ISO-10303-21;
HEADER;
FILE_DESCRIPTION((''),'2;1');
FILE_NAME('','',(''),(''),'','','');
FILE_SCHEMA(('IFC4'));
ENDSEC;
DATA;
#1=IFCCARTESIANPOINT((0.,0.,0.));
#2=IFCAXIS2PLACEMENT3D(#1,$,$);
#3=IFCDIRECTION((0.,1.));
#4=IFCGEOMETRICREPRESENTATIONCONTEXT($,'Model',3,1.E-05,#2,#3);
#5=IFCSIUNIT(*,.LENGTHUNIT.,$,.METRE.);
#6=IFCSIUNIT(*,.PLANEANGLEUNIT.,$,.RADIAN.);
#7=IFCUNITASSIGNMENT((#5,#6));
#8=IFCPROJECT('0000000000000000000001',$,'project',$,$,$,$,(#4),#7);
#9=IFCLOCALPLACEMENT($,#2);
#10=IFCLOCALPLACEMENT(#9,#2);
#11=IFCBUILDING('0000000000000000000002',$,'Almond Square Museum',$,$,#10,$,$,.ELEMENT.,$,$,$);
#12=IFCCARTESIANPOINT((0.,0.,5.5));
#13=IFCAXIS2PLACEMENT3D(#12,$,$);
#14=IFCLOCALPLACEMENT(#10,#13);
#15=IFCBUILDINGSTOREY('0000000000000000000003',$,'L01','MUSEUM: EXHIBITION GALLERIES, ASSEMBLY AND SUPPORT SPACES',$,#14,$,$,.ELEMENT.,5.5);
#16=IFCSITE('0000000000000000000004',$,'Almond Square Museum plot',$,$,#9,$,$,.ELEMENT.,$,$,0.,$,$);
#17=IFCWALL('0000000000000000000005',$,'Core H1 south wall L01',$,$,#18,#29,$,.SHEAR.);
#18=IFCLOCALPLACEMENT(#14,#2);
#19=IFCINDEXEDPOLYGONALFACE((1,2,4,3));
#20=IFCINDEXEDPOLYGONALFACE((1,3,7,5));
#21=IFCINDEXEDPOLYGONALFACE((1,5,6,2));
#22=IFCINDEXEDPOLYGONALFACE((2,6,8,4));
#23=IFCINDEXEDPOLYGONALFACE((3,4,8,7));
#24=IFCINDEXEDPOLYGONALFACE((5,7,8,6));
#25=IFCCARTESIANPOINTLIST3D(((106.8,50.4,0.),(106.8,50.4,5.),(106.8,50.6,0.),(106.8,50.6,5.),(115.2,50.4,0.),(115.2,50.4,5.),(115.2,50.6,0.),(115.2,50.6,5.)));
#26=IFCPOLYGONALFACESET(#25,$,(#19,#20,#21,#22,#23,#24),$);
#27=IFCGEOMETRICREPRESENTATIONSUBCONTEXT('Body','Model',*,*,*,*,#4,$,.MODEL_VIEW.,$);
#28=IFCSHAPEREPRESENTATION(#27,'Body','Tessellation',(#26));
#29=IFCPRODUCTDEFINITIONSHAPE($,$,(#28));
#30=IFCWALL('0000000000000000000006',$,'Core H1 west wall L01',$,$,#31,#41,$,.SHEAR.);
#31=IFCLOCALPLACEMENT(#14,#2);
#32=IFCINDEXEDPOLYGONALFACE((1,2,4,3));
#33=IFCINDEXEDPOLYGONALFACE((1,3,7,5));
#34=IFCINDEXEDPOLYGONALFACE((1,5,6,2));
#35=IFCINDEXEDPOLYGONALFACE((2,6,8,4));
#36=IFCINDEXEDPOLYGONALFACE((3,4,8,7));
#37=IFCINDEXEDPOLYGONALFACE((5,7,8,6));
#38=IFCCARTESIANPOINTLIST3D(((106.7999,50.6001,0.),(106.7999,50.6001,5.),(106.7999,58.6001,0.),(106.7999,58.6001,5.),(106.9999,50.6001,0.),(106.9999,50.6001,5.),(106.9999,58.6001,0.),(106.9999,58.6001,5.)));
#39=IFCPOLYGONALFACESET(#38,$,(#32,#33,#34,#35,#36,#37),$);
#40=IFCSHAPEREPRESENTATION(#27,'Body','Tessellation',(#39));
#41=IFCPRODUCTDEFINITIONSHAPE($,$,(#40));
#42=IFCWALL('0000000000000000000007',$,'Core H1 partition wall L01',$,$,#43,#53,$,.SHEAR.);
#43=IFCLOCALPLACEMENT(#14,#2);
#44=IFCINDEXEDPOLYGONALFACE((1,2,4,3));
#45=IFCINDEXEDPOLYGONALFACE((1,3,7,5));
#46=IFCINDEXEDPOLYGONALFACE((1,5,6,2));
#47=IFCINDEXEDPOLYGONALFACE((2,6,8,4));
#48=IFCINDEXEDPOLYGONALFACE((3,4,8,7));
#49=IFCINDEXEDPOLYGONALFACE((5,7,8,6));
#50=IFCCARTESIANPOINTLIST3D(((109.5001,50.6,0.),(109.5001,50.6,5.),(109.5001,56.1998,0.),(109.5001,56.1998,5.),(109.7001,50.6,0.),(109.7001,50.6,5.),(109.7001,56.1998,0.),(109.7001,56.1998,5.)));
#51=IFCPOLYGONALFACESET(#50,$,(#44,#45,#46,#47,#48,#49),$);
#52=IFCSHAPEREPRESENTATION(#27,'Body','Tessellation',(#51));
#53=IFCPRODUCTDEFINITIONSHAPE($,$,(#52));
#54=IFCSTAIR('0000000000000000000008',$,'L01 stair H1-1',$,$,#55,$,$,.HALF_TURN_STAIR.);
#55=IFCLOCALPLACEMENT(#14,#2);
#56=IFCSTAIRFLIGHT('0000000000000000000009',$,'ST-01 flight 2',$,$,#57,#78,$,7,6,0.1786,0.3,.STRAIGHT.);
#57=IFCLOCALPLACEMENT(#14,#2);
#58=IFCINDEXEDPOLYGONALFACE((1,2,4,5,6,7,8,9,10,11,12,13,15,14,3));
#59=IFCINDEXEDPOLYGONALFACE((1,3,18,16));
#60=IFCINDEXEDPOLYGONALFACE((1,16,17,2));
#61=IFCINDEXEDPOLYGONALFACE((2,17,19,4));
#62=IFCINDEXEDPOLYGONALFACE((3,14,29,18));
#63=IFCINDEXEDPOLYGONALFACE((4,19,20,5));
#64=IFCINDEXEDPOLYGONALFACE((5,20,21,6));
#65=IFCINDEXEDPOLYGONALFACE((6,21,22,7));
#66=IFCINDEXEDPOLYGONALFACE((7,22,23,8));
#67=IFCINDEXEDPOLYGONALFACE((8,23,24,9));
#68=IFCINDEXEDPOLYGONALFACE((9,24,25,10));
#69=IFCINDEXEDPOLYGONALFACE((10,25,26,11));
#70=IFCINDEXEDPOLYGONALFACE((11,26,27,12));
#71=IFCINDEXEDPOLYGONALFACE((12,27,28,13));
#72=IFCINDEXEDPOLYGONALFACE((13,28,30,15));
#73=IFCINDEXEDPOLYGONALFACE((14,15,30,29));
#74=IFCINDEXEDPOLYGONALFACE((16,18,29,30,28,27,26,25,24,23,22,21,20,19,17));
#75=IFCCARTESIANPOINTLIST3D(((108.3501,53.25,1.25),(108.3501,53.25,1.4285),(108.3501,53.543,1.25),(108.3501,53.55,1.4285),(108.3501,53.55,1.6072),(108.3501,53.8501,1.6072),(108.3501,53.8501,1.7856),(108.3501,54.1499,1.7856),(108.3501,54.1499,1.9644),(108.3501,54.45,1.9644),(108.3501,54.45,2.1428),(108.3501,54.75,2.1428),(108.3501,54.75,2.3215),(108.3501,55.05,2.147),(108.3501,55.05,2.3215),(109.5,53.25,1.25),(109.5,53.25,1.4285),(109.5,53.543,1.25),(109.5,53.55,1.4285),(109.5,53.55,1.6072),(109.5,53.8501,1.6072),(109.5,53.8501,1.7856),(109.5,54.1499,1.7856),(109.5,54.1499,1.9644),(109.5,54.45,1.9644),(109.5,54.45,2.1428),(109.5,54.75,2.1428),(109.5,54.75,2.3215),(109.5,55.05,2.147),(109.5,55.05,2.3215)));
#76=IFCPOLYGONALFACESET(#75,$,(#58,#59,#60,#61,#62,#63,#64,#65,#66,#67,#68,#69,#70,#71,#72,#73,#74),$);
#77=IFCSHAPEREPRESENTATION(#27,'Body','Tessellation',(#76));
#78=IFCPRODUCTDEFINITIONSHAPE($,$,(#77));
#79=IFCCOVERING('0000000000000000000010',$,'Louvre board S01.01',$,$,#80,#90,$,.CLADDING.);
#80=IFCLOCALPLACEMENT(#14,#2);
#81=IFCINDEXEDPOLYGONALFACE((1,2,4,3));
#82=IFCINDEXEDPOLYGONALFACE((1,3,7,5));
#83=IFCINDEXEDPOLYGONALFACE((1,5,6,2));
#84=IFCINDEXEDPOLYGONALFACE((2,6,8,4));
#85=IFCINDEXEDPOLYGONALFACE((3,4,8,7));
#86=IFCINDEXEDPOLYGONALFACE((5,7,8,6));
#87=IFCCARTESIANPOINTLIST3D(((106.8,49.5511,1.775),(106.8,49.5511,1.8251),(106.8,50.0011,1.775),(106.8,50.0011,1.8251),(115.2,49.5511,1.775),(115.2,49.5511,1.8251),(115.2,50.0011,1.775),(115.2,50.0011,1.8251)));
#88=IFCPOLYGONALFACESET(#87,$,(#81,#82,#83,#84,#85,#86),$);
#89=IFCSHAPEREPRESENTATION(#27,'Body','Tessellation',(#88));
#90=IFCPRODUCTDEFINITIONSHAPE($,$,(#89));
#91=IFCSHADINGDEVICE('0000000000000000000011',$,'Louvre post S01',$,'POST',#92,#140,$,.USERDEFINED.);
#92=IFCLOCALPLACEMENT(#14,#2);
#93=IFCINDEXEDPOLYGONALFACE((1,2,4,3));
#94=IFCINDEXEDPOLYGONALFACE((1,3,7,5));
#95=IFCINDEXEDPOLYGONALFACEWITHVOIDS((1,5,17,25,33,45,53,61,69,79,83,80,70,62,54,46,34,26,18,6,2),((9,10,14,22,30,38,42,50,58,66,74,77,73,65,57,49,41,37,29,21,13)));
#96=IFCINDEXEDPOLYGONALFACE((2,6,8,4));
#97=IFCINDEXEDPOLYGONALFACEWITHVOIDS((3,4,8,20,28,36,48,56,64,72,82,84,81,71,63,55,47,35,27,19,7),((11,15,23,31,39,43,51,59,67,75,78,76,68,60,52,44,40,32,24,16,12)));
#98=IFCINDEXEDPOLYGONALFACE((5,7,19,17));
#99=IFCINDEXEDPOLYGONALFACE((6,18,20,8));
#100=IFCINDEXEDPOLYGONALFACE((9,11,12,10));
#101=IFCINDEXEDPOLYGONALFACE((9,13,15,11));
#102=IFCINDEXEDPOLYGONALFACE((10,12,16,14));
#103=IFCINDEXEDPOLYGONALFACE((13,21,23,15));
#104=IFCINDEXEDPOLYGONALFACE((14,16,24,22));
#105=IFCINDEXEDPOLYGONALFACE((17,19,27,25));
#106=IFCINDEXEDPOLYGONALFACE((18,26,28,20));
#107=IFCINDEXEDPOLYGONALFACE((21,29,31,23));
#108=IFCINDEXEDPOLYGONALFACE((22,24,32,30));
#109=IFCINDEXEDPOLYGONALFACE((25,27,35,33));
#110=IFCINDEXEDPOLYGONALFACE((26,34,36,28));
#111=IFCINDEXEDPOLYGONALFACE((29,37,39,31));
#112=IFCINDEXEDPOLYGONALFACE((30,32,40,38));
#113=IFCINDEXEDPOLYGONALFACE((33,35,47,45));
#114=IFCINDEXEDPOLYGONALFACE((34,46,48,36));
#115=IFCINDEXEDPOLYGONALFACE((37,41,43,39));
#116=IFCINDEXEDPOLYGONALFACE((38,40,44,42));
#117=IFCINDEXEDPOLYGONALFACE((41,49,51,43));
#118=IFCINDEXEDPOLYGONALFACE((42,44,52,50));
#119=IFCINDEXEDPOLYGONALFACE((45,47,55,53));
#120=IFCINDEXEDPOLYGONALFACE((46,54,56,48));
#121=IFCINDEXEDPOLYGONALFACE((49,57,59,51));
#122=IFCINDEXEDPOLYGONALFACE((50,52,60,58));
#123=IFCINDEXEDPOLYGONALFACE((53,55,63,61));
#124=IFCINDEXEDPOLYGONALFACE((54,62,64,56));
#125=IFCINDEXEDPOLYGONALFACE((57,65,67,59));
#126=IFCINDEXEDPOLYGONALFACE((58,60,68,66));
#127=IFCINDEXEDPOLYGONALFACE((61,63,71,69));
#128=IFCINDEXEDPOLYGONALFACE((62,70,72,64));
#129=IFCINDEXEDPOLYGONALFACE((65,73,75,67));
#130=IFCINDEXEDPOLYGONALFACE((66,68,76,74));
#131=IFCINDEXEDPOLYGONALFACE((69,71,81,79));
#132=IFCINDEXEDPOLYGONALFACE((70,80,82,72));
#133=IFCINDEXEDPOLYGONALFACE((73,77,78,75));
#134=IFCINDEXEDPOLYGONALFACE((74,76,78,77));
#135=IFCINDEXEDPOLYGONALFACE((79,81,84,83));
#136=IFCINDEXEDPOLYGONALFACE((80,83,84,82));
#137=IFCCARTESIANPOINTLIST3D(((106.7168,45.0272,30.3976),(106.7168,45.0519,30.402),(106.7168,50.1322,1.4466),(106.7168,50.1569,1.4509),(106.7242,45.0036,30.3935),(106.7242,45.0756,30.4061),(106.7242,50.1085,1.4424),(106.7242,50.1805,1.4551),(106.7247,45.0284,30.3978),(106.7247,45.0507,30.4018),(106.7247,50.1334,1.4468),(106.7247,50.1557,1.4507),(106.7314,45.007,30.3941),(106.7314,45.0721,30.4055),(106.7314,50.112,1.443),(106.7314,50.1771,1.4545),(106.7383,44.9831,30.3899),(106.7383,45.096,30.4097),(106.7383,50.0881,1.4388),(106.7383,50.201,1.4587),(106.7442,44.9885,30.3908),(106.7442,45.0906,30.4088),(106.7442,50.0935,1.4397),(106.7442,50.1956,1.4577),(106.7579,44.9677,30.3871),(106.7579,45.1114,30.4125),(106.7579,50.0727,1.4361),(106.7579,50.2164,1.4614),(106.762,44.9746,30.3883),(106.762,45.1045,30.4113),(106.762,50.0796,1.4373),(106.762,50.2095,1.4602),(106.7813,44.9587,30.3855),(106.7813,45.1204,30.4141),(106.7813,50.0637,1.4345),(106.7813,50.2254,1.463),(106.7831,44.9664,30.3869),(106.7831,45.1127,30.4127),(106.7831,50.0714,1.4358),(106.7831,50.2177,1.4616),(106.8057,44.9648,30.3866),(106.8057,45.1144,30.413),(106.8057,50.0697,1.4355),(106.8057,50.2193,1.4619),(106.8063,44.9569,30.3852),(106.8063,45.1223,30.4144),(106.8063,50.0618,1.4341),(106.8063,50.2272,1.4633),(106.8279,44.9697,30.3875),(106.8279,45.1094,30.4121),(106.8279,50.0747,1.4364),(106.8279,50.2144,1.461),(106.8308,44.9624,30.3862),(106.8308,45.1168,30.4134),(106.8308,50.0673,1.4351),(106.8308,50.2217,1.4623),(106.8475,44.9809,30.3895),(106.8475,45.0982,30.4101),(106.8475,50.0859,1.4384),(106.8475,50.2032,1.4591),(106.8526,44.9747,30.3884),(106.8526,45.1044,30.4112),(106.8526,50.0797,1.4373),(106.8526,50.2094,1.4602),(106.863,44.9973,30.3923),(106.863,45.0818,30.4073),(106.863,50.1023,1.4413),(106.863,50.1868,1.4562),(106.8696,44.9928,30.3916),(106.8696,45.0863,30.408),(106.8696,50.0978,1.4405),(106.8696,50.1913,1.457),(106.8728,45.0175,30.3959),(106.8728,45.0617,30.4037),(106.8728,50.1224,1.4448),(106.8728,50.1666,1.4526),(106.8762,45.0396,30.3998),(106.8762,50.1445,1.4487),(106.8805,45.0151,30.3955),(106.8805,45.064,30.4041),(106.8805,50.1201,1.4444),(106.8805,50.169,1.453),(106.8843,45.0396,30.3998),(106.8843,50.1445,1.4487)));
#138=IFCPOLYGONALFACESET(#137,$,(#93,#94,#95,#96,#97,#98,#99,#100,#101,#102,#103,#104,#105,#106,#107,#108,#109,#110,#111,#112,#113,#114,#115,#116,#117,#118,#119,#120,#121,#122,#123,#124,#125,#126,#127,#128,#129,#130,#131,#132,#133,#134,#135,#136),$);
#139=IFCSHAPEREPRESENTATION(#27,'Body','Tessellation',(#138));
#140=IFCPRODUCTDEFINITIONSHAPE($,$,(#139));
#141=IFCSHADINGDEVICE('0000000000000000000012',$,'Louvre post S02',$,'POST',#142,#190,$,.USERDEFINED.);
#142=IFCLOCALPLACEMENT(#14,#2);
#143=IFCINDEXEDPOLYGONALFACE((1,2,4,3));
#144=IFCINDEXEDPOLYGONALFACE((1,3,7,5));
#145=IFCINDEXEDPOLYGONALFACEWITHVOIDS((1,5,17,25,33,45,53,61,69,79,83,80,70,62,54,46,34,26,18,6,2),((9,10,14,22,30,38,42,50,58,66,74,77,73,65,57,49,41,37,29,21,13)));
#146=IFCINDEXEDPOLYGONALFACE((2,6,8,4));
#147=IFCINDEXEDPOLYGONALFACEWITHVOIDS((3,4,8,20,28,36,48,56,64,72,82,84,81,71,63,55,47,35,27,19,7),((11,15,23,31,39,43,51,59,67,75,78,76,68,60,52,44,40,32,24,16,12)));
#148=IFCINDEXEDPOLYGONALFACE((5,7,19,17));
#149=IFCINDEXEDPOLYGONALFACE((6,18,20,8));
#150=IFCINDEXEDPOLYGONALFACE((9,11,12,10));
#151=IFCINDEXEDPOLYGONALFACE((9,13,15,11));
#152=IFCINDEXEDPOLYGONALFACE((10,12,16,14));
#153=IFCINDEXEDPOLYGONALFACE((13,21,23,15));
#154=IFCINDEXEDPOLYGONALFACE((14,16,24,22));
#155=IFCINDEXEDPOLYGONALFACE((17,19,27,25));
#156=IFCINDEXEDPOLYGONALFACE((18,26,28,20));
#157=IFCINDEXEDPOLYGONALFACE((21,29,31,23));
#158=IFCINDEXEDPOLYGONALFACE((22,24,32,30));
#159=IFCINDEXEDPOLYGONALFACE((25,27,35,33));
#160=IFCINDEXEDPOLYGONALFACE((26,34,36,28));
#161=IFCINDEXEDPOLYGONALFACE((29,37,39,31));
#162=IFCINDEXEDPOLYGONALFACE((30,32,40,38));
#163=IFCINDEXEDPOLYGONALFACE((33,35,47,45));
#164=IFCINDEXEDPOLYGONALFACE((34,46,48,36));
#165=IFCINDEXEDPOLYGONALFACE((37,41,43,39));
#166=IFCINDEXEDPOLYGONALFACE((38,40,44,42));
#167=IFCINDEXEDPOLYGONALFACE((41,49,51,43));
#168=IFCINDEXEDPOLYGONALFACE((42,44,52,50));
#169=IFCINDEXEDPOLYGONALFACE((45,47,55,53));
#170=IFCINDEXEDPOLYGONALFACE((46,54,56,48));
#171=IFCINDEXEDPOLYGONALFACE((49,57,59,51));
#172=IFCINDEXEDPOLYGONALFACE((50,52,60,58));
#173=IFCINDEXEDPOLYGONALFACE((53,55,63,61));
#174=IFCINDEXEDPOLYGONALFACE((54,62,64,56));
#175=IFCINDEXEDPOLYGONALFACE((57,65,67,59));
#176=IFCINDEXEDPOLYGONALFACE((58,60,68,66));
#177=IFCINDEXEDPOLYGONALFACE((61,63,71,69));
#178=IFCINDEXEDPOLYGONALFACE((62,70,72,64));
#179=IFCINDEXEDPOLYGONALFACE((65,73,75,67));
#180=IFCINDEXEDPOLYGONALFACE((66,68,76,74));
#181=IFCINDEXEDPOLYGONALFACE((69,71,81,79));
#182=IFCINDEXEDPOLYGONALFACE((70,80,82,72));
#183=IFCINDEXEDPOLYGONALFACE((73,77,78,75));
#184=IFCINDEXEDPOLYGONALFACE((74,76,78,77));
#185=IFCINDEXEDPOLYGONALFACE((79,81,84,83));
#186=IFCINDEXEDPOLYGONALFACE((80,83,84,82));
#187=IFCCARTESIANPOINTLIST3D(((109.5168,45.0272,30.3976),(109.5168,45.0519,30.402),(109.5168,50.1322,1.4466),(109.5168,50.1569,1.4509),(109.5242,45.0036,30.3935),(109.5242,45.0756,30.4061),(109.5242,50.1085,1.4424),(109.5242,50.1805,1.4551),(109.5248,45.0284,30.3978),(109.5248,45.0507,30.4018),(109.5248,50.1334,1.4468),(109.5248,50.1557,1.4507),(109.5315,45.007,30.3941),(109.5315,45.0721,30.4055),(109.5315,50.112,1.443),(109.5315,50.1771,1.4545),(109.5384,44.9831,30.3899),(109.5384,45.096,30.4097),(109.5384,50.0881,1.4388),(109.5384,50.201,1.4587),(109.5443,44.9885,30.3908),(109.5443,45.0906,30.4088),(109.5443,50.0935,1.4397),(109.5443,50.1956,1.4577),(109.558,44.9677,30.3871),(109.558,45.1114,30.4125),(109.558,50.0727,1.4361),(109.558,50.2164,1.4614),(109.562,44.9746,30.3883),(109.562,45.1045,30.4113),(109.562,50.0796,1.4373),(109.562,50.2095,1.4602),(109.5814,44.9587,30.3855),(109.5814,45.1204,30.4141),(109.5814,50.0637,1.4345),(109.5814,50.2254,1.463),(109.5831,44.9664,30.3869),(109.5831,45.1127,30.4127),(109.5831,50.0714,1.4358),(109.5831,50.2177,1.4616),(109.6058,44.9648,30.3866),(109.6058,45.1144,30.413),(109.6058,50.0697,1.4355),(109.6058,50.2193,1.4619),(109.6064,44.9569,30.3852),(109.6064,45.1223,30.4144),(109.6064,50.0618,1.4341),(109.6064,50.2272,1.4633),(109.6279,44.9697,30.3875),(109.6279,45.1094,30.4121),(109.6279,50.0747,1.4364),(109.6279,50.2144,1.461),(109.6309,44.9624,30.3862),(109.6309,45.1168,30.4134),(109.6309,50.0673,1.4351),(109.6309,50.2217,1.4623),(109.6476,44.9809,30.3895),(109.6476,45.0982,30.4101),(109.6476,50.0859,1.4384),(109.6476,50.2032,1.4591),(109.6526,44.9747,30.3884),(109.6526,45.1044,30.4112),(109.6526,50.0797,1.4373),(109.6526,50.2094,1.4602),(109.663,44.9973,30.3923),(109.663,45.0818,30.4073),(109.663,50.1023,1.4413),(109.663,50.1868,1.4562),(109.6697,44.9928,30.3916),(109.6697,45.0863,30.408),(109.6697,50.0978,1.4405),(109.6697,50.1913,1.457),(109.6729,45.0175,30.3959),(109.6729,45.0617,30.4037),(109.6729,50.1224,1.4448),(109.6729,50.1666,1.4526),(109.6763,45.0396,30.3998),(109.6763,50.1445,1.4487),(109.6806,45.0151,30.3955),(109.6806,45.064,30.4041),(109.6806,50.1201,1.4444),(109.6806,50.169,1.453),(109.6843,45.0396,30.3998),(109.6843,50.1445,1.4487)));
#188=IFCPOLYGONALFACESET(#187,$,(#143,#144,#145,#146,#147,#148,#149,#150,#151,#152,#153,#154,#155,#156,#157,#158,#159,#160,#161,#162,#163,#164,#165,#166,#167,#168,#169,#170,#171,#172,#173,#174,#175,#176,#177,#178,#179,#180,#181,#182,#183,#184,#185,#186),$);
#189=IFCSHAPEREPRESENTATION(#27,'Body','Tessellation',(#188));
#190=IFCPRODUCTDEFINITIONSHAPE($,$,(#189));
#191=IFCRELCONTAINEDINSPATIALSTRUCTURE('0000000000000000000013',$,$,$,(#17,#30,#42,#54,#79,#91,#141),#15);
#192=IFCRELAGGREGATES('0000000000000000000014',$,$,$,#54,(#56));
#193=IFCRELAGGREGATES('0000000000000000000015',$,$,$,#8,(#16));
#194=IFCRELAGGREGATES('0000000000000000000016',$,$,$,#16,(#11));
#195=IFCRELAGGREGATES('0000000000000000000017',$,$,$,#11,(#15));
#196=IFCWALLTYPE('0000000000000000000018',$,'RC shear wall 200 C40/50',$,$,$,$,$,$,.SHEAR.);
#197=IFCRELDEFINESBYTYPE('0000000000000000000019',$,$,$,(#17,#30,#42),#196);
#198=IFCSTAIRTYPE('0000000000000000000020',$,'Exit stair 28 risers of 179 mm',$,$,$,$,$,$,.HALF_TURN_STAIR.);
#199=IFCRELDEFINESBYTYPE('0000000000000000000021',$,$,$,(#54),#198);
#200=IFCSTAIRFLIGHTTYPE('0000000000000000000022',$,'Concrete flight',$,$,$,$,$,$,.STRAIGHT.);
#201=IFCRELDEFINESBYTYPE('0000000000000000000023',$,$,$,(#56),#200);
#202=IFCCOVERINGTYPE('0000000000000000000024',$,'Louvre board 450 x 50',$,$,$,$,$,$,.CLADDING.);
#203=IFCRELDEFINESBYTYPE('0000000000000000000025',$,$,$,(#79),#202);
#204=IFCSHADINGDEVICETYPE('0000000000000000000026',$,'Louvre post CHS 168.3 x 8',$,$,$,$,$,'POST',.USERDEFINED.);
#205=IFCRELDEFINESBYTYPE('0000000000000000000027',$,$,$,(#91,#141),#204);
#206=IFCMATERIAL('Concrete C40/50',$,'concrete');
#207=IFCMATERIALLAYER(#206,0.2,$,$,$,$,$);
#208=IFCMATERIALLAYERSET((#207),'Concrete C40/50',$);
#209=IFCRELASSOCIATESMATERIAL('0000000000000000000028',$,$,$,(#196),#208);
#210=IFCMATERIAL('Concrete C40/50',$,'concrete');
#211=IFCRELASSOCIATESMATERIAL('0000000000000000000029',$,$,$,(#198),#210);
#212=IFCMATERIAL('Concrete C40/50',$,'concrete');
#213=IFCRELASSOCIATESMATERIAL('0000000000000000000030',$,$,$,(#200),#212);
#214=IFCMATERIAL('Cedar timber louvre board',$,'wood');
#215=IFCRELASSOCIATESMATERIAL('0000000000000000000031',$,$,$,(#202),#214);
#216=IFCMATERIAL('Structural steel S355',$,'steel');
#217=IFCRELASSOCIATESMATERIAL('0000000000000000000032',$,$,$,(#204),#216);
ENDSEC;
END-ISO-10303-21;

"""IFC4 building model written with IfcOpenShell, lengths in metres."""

from ifc_helpers import new_model, si_unit, direction, frame, frame_2d, origin, origin_2d, place, context, subcontext, project, spatial, polyline, rectangle, hollow_circle, outline, extrude, material, layer, layer_set, material_profile, profile_set, type_object, element, aggregate, save


model = new_model("IFC4")

# Units and contexts
model_context = context("Model", 3, precision=1e-05, world=origin(), true_north=direction((0.0, 1.0)))
body_context = subcontext(model_context, "Body", "Model", "MODEL_VIEW")
ifc_project = project(units=[si_unit("LENGTHUNIT", "METRE"), si_unit("PLANEANGLEUNIT", "RADIAN")], contexts=[model_context])

# Site, building, storey
site_placement = place(None, origin())
site = spatial("IfcSite", under=ifc_project, at=site_placement, Name="Almond Square Museum plot", CompositionType="ELEMENT", RefElevation=0.0)
building_placement = place(site_placement, origin())
building = spatial("IfcBuilding", under=site, at=building_placement, Name="Almond Square Museum", CompositionType="ELEMENT")
storey_placement = place(building_placement, frame((0.0, 0.0, 5.5)))
storey = spatial("IfcBuildingStorey", under=building, at=storey_placement, Name="L01", Description="MUSEUM: EXHIBITION GALLERIES, ASSEMBLY AND SUPPORT SPACES", CompositionType="ELEMENT", Elevation=5.5)

# Walls
ifc_material_1 = material(Name="Concrete C40/50", Category="concrete")
ifc_layer_1 = layer(ifc_material_1, 0.2)
ifc_layer_set_1 = layer_set([ifc_layer_1], Name="Concrete C40/50")
wall_type = type_object("IfcWallType", Name="RC shear wall 200 C40/50", PredefinedType="SHEAR", material=ifc_layer_set_1)
wall_1_placement = place(storey_placement, frame((106.8, 50.5, 0.0), z_axis=(0.0, 0.0, 1.0), x_axis=(1.0, 0.0, 0.0)))
element("IfcWall", 1, at=wall_1_placement, inside=storey, type_object=wall_type, Name="Core H1 south wall L01", PredefinedType="SHEAR", context=body_context, shape_type="SweptSolid", body=[
    extrude(rectangle(XDim=8.3999, YDim=0.2, at=frame_2d((4.2, 0.0))), origin(), (0.0, 0.0, 1.0), 5.0),
])
wall_2_placement = place(storey_placement, frame((106.8999, 50.6001, 0.0), z_axis=(0.0, 0.0, 1.0), x_axis=(0.0, 1.0, 0.0)))
element("IfcWall", 2, at=wall_2_placement, inside=storey, type_object=wall_type, Name="Core H1 west wall L01", PredefinedType="SHEAR", context=body_context, shape_type="SweptSolid", body=[
    extrude(rectangle(XDim=8.0, YDim=0.2, at=frame_2d((4.0, 0.0))), origin(), (0.0, 0.0, 1.0), 5.0),
])
wall_3_placement = place(storey_placement, frame((109.6001, 50.6001, 0.0), z_axis=(0.0, 0.0, 1.0), x_axis=(0.0, 1.0, 0.0)))
element("IfcWall", 3, at=wall_3_placement, inside=storey, type_object=wall_type, Name="Core H1 partition wall L01", PredefinedType="SHEAR", context=body_context, shape_type="SweptSolid", body=[
    extrude(rectangle(XDim=5.5999, YDim=0.2, at=frame_2d((2.7998, 0.0))), origin(), (0.0, 0.0, 1.0), 5.0),
])

# Stair, stair flight
ifc_material_2 = material(Name="Concrete C40/50", Category="concrete")
stair_type = type_object("IfcStairType", Name="Exit stair 28 risers of 179 mm", PredefinedType="HALF_TURN_STAIR", material=ifc_material_2)
stair_placement = place(storey_placement, origin())
stair = element("IfcStair", 4, at=stair_placement, inside=storey, type_object=stair_type, Name="L01 stair H1-1", PredefinedType="HALF_TURN_STAIR")
ifc_material_3 = material(Name="Concrete C40/50", Category="concrete")
stair_flight_type = type_object("IfcStairFlightType", Name="Concrete flight", PredefinedType="STRAIGHT", material=ifc_material_3)
stair_flight_placement = place(storey_placement, frame((108.925, 53.25, 1.25), z_axis=(0.0, 0.0, 1.0), x_axis=(0.0, 1.0, 0.0)))
stair_flight = element("IfcStairFlight", 5, at=stair_flight_placement, type_object=stair_flight_type, Name="ST-01 flight 2", NumberOfRisers=7, NumberOfTreads=6, PredefinedType="STRAIGHT", RiserHeight=0.1786, TreadLength=0.3, context=body_context, shape_type="SweptSolid", body=[
    extrude(outline(polyline([(0.0, 0.0), (0.0, 0.1785), (0.3, 0.1785), (0.3, 0.3572), (0.6001, 0.3572), (0.6001, 0.5356), (0.8999, 0.5356), (0.8999, 0.7144), (1.2, 0.7144), (1.2, 0.8928), (1.5, 0.8928), (1.5, 1.0715), (1.8, 1.0715), (1.8, 1.25), (1.8, 0.897), (0.293, 0.0), (0.0, 0.0)])), frame((0.0, 0.575, 0.0), z_axis=(0.0, -1.0, 0.0), x_axis=(1.0, 0.0, 0.0)), (0.0, 0.0, 1.0), 1.1499),
])
aggregate(stair, [stair_flight])

# Covering
ifc_material_4 = material(Name="Cedar timber louvre board", Category="wood")
ifc_material_profile_1 = material_profile(ifc_material_4, rectangle(XDim=0.45, YDim=0.05, at=origin_2d()))
ifc_profile_set_1 = profile_set([ifc_material_profile_1], Name="Cedar timber louvre board")
covering_type_1 = type_object("IfcCoveringType", Name="Louvre board 450 x 50", PredefinedType="CLADDING", material=ifc_profile_set_1)
covering_1_placement = place(storey_placement, frame((106.8, 49.7761, 1.8), z_axis=(1.0, 0.0, 0.0), x_axis=(0.0, 1.0, 0.0)))
element("IfcCovering", 6, at=covering_1_placement, inside=storey, type_object=covering_type_1, Name="Louvre board S01.01", PredefinedType="CLADDING", context=body_context, shape_type="SweptSolid", body=[
    extrude(rectangle(XDim=0.45, YDim=0.05, at=origin_2d()), origin(), (0.0, 0.0, 1.0), 8.3999),
])

# Shading devices
ifc_material_5 = material(Name="Structural steel S355", Category="steel")
ifc_material_profile_2 = material_profile(ifc_material_5, hollow_circle(Radius=0.0842, WallThickness=0.0081, at=origin_2d()))
ifc_profile_set_2 = profile_set([ifc_material_profile_2], Name="Structural steel S355")
shading_device_type = type_object("IfcShadingDeviceType", Name="Louvre post CHS 168.3 x 8", ElementType="POST", PredefinedType="USERDEFINED", material=ifc_profile_set_2)
for number, where, z_axis, x_axis, name in (
    (7, (106.8, 50.1445, 1.4487), (0.0, -0.173652, 0.984807), (1.0, 0.0, 0.0), "Louvre post S01"),
    (8, (109.6001, 50.1445, 1.4487), (0.0, -0.173652, 0.984807), (1.0, 0.0, 0.0), "Louvre post S02"),
):
    element("IfcShadingDevice", number, at=place(storey_placement, frame(where, z_axis=z_axis, x_axis=x_axis)), inside=storey, type_object=shading_device_type, Name=name, ObjectType="POST", PredefinedType="USERDEFINED", context=body_context, shape_type="SweptSolid", body=[
        extrude(hollow_circle(Radius=0.0842, WallThickness=0.0081, at=origin_2d()), origin(), (0.0, 0.0, 1.0), 29.3977),
    ])

save(model, "model.ifc")
